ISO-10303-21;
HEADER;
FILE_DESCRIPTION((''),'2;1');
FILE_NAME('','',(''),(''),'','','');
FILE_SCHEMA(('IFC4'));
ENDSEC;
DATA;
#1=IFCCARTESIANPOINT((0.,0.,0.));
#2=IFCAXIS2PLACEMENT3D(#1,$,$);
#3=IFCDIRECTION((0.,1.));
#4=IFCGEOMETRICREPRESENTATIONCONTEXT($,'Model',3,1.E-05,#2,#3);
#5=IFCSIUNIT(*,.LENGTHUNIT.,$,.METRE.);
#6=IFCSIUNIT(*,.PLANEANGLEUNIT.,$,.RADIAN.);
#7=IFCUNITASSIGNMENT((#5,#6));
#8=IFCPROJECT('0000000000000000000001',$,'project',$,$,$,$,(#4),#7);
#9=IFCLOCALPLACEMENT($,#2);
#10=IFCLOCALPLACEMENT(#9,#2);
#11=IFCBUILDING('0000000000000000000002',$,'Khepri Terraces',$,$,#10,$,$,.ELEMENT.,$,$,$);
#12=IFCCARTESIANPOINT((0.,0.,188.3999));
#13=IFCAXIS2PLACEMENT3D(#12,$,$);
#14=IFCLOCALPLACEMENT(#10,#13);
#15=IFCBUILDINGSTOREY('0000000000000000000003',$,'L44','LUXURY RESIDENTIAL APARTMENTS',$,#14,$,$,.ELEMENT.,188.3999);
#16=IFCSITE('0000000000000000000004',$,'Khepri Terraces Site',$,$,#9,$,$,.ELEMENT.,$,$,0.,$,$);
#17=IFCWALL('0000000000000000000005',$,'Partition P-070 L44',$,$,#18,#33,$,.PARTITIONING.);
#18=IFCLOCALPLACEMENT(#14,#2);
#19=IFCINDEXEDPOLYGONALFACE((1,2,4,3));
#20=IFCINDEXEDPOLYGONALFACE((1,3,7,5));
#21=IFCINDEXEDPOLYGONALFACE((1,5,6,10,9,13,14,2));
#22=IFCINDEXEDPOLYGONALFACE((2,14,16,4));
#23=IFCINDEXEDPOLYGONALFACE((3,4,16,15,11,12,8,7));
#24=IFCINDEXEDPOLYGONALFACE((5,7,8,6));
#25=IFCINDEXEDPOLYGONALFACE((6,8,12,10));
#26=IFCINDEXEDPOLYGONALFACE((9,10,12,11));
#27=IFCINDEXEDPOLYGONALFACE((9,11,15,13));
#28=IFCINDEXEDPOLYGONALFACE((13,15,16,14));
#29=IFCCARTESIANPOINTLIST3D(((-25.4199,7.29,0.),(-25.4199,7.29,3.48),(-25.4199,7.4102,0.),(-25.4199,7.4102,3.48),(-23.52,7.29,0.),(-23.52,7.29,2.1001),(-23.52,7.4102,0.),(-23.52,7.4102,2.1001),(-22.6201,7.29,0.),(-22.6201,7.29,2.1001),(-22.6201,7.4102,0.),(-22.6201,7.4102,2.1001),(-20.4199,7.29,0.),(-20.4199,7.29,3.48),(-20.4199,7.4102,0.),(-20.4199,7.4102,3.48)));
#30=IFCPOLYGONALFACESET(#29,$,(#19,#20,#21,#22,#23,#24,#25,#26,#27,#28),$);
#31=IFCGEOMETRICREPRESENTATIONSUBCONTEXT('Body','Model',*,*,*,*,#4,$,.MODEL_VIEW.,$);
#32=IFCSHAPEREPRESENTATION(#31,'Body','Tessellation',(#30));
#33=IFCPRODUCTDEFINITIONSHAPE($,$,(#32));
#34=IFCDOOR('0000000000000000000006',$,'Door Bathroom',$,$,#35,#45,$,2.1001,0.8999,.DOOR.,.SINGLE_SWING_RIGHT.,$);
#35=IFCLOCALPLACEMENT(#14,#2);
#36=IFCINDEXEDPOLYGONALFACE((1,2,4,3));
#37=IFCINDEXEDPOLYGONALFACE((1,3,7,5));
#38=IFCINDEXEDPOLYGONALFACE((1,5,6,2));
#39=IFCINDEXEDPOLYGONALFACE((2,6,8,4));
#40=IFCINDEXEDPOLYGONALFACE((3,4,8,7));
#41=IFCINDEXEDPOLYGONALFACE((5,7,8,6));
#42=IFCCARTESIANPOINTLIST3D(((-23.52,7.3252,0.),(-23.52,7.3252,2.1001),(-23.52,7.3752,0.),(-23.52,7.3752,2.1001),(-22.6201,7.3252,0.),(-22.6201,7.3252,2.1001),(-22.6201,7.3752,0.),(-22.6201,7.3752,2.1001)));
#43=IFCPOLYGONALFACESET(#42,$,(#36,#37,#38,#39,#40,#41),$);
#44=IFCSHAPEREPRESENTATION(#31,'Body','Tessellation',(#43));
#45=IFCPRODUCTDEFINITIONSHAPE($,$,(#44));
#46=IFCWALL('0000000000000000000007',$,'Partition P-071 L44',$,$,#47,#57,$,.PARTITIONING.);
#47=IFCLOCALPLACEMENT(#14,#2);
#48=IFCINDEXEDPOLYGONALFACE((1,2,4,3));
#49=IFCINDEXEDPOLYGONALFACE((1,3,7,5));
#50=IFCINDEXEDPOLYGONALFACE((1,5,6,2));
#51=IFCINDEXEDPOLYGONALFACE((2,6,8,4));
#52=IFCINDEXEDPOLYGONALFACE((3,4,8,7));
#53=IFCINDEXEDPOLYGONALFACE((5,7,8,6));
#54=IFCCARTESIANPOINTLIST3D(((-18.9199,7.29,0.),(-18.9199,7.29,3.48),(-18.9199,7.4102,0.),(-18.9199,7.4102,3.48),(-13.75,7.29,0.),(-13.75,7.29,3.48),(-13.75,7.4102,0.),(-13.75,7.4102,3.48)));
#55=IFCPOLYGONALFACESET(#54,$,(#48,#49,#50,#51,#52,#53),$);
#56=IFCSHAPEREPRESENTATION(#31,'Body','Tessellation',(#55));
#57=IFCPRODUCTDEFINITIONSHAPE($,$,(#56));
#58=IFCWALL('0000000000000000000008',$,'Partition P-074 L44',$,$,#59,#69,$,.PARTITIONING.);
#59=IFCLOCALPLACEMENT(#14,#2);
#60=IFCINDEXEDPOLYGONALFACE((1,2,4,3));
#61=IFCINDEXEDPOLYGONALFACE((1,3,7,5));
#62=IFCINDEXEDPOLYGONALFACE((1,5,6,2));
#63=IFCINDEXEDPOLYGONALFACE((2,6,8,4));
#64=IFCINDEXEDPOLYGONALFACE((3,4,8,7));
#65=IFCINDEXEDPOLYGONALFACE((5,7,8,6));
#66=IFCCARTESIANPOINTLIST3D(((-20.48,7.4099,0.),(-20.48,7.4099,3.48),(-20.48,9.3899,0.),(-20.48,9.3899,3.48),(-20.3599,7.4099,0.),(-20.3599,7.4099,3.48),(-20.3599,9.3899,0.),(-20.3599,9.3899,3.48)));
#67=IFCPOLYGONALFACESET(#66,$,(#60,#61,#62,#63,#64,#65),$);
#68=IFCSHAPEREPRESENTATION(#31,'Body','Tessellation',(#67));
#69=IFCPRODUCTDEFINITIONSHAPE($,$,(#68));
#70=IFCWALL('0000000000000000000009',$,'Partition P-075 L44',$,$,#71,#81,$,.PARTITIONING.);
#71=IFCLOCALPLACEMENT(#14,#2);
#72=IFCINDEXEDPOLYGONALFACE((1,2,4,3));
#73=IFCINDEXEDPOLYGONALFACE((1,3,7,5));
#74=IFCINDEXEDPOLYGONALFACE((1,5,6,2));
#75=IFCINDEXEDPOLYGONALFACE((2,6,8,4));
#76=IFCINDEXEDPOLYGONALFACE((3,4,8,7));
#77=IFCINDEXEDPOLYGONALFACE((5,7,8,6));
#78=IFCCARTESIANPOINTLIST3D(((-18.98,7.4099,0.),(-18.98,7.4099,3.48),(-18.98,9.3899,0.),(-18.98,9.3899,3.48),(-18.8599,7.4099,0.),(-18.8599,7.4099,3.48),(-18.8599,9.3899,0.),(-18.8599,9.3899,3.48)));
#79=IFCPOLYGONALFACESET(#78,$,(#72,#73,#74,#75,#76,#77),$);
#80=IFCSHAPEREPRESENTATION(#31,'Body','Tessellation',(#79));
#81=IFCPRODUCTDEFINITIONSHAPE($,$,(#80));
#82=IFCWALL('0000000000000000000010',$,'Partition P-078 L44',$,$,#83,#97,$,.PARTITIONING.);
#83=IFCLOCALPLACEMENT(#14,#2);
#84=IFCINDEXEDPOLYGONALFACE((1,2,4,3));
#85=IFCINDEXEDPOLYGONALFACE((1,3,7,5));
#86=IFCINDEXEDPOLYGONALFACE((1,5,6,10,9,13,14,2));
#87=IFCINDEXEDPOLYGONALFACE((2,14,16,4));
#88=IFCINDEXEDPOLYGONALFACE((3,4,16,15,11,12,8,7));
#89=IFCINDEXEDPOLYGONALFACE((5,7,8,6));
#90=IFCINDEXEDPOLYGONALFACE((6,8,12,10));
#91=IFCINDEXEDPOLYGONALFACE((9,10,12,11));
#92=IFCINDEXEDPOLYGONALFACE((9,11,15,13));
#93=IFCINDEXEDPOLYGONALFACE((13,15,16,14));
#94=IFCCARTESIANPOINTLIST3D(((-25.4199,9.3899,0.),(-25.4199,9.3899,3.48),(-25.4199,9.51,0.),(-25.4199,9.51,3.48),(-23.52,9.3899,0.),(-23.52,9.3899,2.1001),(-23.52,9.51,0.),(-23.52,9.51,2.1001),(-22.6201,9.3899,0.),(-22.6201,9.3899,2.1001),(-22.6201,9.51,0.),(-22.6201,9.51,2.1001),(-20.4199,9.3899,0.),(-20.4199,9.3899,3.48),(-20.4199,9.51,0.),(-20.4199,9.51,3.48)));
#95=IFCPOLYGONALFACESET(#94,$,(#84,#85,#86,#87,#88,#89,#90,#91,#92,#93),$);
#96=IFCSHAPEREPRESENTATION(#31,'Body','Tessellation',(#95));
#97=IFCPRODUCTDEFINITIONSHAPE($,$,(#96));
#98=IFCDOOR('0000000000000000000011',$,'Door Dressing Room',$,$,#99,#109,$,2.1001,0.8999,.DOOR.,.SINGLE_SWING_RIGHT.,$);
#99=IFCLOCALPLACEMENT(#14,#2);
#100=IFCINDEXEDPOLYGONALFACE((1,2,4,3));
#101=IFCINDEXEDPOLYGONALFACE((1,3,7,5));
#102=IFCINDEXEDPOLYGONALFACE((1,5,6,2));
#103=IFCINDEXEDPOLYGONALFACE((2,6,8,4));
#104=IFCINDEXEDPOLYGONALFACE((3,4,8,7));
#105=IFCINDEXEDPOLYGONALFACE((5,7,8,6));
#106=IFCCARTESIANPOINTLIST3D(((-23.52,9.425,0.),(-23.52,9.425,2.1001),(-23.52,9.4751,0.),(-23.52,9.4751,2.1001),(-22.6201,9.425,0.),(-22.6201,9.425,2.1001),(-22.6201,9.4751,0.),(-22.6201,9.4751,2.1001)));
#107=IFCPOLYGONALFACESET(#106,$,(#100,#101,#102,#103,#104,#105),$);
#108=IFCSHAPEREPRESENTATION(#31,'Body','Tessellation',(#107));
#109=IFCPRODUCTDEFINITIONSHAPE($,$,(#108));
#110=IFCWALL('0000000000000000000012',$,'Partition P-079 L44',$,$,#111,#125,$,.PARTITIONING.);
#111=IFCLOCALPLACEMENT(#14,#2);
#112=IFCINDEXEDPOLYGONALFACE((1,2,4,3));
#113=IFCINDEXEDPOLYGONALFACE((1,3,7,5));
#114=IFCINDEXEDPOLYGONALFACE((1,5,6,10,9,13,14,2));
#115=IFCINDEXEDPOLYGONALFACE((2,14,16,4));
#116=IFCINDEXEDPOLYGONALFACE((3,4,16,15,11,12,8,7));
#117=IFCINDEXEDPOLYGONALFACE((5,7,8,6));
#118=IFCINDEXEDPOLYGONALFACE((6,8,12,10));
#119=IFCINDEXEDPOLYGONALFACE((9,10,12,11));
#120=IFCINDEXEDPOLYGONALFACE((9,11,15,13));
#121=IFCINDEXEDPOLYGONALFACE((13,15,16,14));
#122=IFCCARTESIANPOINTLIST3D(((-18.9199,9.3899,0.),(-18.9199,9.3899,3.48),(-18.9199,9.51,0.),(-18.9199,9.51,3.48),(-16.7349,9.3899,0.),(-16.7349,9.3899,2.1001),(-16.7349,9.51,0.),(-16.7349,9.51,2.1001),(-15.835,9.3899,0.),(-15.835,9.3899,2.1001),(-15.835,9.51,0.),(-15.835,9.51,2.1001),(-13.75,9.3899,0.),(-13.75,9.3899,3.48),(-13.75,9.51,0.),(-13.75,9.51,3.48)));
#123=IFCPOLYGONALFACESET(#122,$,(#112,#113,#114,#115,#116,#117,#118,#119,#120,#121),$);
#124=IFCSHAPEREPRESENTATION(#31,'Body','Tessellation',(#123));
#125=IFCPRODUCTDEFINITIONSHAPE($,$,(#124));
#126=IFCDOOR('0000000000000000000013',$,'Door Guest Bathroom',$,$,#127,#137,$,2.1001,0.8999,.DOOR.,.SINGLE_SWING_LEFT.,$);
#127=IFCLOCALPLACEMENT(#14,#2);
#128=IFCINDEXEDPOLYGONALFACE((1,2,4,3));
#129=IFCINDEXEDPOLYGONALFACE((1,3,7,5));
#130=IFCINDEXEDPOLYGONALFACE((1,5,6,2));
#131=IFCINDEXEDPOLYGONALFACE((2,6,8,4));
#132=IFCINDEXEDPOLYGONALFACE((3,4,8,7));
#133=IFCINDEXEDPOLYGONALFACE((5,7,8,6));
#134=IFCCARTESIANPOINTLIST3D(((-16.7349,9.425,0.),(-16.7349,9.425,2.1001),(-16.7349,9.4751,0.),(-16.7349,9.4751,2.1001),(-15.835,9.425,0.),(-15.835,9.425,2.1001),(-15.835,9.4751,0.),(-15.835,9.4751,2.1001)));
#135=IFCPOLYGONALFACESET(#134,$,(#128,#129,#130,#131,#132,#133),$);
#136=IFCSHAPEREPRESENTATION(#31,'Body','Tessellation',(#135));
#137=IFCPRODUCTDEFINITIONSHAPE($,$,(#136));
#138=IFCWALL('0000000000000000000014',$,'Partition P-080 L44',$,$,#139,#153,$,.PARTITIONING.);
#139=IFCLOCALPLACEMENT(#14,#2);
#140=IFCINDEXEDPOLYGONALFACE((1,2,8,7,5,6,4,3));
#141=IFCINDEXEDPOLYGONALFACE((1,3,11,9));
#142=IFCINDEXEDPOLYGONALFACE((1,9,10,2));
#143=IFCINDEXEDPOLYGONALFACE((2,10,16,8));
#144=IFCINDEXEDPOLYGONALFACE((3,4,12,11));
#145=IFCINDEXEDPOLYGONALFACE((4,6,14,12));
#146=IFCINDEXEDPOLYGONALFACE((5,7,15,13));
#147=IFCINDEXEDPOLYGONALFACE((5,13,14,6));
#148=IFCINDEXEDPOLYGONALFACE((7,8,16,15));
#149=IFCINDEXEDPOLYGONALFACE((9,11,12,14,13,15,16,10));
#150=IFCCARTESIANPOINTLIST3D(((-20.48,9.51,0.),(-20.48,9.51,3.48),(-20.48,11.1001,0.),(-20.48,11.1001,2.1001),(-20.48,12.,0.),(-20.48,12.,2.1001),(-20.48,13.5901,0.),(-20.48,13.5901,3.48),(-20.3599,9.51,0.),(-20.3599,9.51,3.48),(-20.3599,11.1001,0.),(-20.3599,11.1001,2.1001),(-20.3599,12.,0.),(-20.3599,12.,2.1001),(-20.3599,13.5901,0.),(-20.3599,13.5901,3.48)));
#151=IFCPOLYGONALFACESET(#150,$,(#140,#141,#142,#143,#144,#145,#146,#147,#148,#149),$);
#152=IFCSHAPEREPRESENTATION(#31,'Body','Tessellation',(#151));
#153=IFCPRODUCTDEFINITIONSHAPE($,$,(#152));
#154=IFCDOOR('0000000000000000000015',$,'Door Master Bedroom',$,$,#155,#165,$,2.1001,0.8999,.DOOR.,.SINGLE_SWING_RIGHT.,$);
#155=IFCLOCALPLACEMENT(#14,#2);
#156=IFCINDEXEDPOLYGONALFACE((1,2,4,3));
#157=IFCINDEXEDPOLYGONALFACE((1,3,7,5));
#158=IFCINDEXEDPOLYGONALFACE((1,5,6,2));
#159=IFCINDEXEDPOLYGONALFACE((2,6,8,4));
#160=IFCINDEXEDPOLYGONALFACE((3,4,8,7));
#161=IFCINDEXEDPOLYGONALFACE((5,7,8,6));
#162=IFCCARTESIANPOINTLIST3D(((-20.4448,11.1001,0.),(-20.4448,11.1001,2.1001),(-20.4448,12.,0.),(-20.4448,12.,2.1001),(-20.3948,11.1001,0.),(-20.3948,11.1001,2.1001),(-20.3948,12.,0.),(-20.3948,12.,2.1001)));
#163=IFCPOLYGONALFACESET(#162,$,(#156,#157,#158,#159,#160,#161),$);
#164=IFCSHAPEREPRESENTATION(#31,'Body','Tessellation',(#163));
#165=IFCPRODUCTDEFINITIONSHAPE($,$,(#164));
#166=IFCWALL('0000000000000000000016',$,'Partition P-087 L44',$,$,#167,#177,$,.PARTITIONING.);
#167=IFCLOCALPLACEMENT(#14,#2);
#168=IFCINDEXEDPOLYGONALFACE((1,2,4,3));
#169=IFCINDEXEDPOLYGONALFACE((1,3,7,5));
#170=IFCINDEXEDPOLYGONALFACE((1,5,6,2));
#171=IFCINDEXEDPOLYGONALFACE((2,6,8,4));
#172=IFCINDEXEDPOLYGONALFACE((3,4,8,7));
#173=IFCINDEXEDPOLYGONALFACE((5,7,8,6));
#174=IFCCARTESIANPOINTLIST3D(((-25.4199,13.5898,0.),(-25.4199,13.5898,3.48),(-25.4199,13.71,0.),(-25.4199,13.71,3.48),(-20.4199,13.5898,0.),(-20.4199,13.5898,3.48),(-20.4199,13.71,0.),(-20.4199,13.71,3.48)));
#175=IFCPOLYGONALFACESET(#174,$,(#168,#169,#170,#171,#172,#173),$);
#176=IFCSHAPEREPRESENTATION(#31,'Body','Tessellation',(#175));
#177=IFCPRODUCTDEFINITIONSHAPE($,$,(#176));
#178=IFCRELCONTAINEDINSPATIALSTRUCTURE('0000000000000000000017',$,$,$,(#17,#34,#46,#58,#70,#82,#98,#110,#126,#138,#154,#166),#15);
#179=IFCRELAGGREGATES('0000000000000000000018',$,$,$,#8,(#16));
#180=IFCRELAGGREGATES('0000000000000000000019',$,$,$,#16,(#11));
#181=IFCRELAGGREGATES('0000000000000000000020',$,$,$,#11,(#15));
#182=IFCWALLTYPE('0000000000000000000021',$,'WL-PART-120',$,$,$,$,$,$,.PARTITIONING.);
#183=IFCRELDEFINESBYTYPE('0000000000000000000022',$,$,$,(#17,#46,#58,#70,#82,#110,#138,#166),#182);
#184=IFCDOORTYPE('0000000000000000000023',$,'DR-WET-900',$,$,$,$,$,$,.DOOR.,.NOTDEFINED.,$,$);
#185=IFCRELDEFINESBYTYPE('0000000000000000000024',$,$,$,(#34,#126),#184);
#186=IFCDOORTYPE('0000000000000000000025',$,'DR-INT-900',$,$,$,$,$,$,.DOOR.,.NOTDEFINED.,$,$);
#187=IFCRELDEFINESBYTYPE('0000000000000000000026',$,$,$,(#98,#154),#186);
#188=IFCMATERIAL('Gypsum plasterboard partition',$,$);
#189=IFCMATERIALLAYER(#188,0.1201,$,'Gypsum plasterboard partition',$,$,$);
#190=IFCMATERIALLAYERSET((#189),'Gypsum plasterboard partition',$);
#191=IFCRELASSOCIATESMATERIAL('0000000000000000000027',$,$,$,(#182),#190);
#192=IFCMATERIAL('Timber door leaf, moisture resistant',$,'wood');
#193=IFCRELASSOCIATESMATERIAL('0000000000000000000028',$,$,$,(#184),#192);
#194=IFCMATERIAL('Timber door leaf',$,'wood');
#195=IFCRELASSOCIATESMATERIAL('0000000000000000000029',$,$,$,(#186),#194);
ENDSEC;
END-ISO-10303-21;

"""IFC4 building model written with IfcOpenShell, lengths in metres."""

from ifc_helpers import new_model, si_unit, direction, frame, frame_2d, origin, place, context, subcontext, project, spatial, rectangle, extrude, material, layer, layer_set, type_object, element, fill, save


model = new_model("IFC4")

# Units and contexts
model_context = context("Model", 3, precision=1e-05, world=origin(), true_north=direction((0.0, 1.0)))
body_context = subcontext(model_context, "Body", "Model", "MODEL_VIEW")
ifc_project = project(units=[si_unit("LENGTHUNIT", "METRE"), si_unit("PLANEANGLEUNIT", "RADIAN")], contexts=[model_context])

# Site, building, storey
site_placement = place(None, origin())
site = spatial("IfcSite", under=ifc_project, at=site_placement, Name="Khepri Terraces Site", CompositionType="ELEMENT", RefElevation=0.0)
building_placement = place(site_placement, origin())
building = spatial("IfcBuilding", under=site, at=building_placement, Name="Khepri Terraces", CompositionType="ELEMENT")
storey_placement = place(building_placement, frame((0.0, 0.0, 188.3999)))
storey = spatial("IfcBuildingStorey", under=building, at=storey_placement, Name="L44", Description="LUXURY RESIDENTIAL APARTMENTS", CompositionType="ELEMENT", Elevation=188.3999)

# Shared definitions
ifc_material_1 = material(Name="Gypsum plasterboard partition")
ifc_layer_1 = layer(ifc_material_1, 0.1201, Name="Gypsum plasterboard partition")
ifc_layer_set_1 = layer_set([ifc_layer_1], Name="Gypsum plasterboard partition")
wall_type_1 = type_object("IfcWallType", Name="WL-PART-120", PredefinedType="PARTITIONING", material=ifc_layer_set_1)

# Shared definitions
ifc_material_2 = material(Name="Timber door leaf, moisture resistant", Category="wood")
door_type_1 = type_object("IfcDoorType", Name="DR-WET-900", OperationType="NOTDEFINED", PredefinedType="DOOR", material=ifc_material_2)

# Wall, opening, door
ifc_material_3 = material(Name="Timber door leaf", Category="wood")
door_type_2 = type_object("IfcDoorType", Name="DR-INT-900", OperationType="NOTDEFINED", PredefinedType="DOOR", material=ifc_material_3)
wall_1_placement = place(storey_placement, frame((-25.4199, 7.3501, 0.0), z_axis=(0.0, 0.0, 1.0), x_axis=(1.0, 0.0, 0.0)))
wall_1 = element("IfcWall", 1, at=wall_1_placement, inside=storey, type_object=wall_type_1, Name="Partition P-070 L44", PredefinedType="PARTITIONING", context=body_context, shape_type="SweptSolid", body=[
    extrude(rectangle(XDim=5.0, YDim=0.1201, at=frame_2d((2.5, 0.0))), origin(), (0.0, 0.0, 1.0), 3.48),
])
opening_1_placement = place(wall_1_placement, frame((1.8999, 0.0, 0.0)))
opening_1 = element("IfcOpeningElement", 2, at=opening_1_placement, cuts=wall_1, PredefinedType="OPENING", context=body_context, shape_type="SweptSolid", body=[
    extrude(rectangle(XDim=0.8999, YDim=2.1001, at=frame_2d((0.45, 1.05))), frame((0.0, 0.0701, 0.0), z_axis=(0.0, -1.0, 0.0), x_axis=(1.0, 0.0, 0.0)), (0.0, 0.0, 1.0), 0.1401),
])
door_1_placement = place(opening_1_placement, frame((0.8999, 0.0, 0.0), z_axis=(0.0, 0.0, 1.0), x_axis=(-1.0, 0.0, 0.0)))
door_1 = element("IfcDoor", 3, at=door_1_placement, inside=storey, type_object=door_type_1, Name="Door Bathroom", OperationType="SINGLE_SWING_RIGHT", OverallHeight=2.1001, OverallWidth=0.8999, PredefinedType="DOOR", context=body_context, shape_type="SweptSolid", body=[
    extrude(rectangle(XDim=0.8999, YDim=2.1001, at=frame_2d((0.45, 1.05))), frame((0.0, 0.0249, 0.0), z_axis=(0.0, -1.0, 0.0), x_axis=(1.0, 0.0, 0.0)), (0.0, 0.0, 1.0), 0.05),
])
fill(opening_1, door_1)

# Walls
wall_2_placement = place(storey_placement, frame((-18.9199, 7.3501, 0.0), z_axis=(0.0, 0.0, 1.0), x_axis=(1.0, 0.0, 0.0)))
element("IfcWall", 4, at=wall_2_placement, inside=storey, type_object=wall_type_1, Name="Partition P-071 L44", PredefinedType="PARTITIONING", context=body_context, shape_type="SweptSolid", body=[
    extrude(rectangle(XDim=5.1699, YDim=0.1201, at=frame_2d((2.585, 0.0))), origin(), (0.0, 0.0, 1.0), 3.48),
])
for number, where, z_axis, x_axis, name in (
    (5, (-20.4199, 7.4099, 0.0), (0.0, 0.0, 1.0), (0.0, 1.0, 0.0), "Partition P-074 L44"),
    (6, (-18.9199, 7.4099, 0.0), (0.0, 0.0, 1.0), (0.0, 1.0, 0.0), "Partition P-075 L44"),
):
    element("IfcWall", number, at=place(storey_placement, frame(where, z_axis=z_axis, x_axis=x_axis)), inside=storey, type_object=wall_type_1, Name=name, PredefinedType="PARTITIONING", context=body_context, shape_type="SweptSolid", body=[
        extrude(rectangle(XDim=1.98, YDim=0.1201, at=frame_2d((0.99, 0.0))), origin(), (0.0, 0.0, 1.0), 3.48),
    ])

# Walls, openings, doors
wall_3_placement = place(storey_placement, frame((-25.4199, 9.45, 0.0), z_axis=(0.0, 0.0, 1.0), x_axis=(1.0, 0.0, 0.0)))
wall_3 = element("IfcWall", 7, at=wall_3_placement, inside=storey, type_object=wall_type_1, Name="Partition P-078 L44", PredefinedType="PARTITIONING", context=body_context, shape_type="SweptSolid", body=[
    extrude(rectangle(XDim=5.0, YDim=0.1201, at=frame_2d((2.5, 0.0))), origin(), (0.0, 0.0, 1.0), 3.48),
])
opening_2_placement = place(wall_3_placement, frame((1.8999, 0.0, 0.0)))
opening_2 = element("IfcOpeningElement", 8, at=opening_2_placement, cuts=wall_3, PredefinedType="OPENING", context=body_context, shape_type="SweptSolid", body=[
    extrude(rectangle(XDim=0.8999, YDim=2.1001, at=frame_2d((0.45, 1.05))), frame((0.0, 0.0701, 0.0), z_axis=(0.0, -1.0, 0.0), x_axis=(1.0, 0.0, 0.0)), (0.0, 0.0, 1.0), 0.1401),
])
door_2_placement = place(opening_2_placement, frame((0.8999, 0.0, 0.0), z_axis=(0.0, 0.0, 1.0), x_axis=(-1.0, 0.0, 0.0)))
door_2 = element("IfcDoor", 9, at=door_2_placement, inside=storey, type_object=door_type_2, Name="Door Dressing Room", OperationType="SINGLE_SWING_RIGHT", OverallHeight=2.1001, OverallWidth=0.8999, PredefinedType="DOOR", context=body_context, shape_type="SweptSolid", body=[
    extrude(rectangle(XDim=0.8999, YDim=2.1001, at=frame_2d((0.45, 1.05))), frame((0.0, 0.0249, 0.0), z_axis=(0.0, -1.0, 0.0), x_axis=(1.0, 0.0, 0.0)), (0.0, 0.0, 1.0), 0.05),
])
fill(opening_2, door_2)
wall_4_placement = place(storey_placement, frame((-18.9199, 9.45, 0.0), z_axis=(0.0, 0.0, 1.0), x_axis=(1.0, 0.0, 0.0)))
wall_4 = element("IfcWall", 10, at=wall_4_placement, inside=storey, type_object=wall_type_1, Name="Partition P-079 L44", PredefinedType="PARTITIONING", context=body_context, shape_type="SweptSolid", body=[
    extrude(rectangle(XDim=5.1699, YDim=0.1201, at=frame_2d((2.585, 0.0))), origin(), (0.0, 0.0, 1.0), 3.48),
])
opening_3_placement = place(wall_4_placement, frame((2.1851, 0.0, 0.0)))
opening_3 = element("IfcOpeningElement", 11, at=opening_3_placement, cuts=wall_4, PredefinedType="OPENING", context=body_context, shape_type="SweptSolid", body=[
    extrude(rectangle(XDim=0.8999, YDim=2.1001, at=frame_2d((0.45, 1.05))), frame((0.0, 0.0701, 0.0), z_axis=(0.0, -1.0, 0.0), x_axis=(1.0, 0.0, 0.0)), (0.0, 0.0, 1.0), 0.1401),
])
door_3_placement = place(opening_3_placement, frame((0.8999, 0.0, 0.0), z_axis=(0.0, 0.0, 1.0), x_axis=(-1.0, 0.0, 0.0)))
door_3 = element("IfcDoor", 12, at=door_3_placement, inside=storey, type_object=door_type_1, Name="Door Guest Bathroom", OperationType="SINGLE_SWING_LEFT", OverallHeight=2.1001, OverallWidth=0.8999, PredefinedType="DOOR", context=body_context, shape_type="SweptSolid", body=[
    extrude(rectangle(XDim=0.8999, YDim=2.1001, at=frame_2d((0.45, 1.05))), frame((0.0, 0.0249, 0.0), z_axis=(0.0, -1.0, 0.0), x_axis=(1.0, 0.0, 0.0)), (0.0, 0.0, 1.0), 0.05),
])
fill(opening_3, door_3)
wall_5_placement = place(storey_placement, frame((-20.4199, 9.51, 0.0), z_axis=(0.0, 0.0, 1.0), x_axis=(0.0, 1.0, 0.0)))
wall_5 = element("IfcWall", 13, at=wall_5_placement, inside=storey, type_object=wall_type_1, Name="Partition P-080 L44", PredefinedType="PARTITIONING", context=body_context, shape_type="SweptSolid", body=[
    extrude(rectangle(XDim=4.0801, YDim=0.1201, at=frame_2d((2.04, 0.0))), origin(), (0.0, 0.0, 1.0), 3.48),
])
opening_4_placement = place(wall_5_placement, frame((1.5901, 0.0, 0.0)))
opening_4 = element("IfcOpeningElement", 14, at=opening_4_placement, cuts=wall_5, PredefinedType="OPENING", context=body_context, shape_type="SweptSolid", body=[
    extrude(rectangle(XDim=0.8999, YDim=2.1001, at=frame_2d((0.45, 1.05))), frame((0.0, 0.0701, 0.0), z_axis=(0.0, -1.0, 0.0), x_axis=(1.0, 0.0, 0.0)), (0.0, 0.0, 1.0), 0.1401),
])
door_4_placement = place(opening_4_placement, origin())
door_4 = element("IfcDoor", 15, at=door_4_placement, inside=storey, type_object=door_type_2, Name="Door Master Bedroom", OperationType="SINGLE_SWING_RIGHT", OverallHeight=2.1001, OverallWidth=0.8999, PredefinedType="DOOR", context=body_context, shape_type="SweptSolid", body=[
    extrude(rectangle(XDim=0.8999, YDim=2.1001, at=frame_2d((0.45, 1.05))), frame((0.0, 0.0249, 0.0), z_axis=(0.0, -1.0, 0.0), x_axis=(1.0, 0.0, 0.0)), (0.0, 0.0, 1.0), 0.05),
])
fill(opening_4, door_4)

# Wall
wall_6_placement = place(storey_placement, frame((-25.4199, 13.6499, 0.0), z_axis=(0.0, 0.0, 1.0), x_axis=(1.0, 0.0, 0.0)))
element("IfcWall", 16, at=wall_6_placement, inside=storey, type_object=wall_type_1, Name="Partition P-087 L44", PredefinedType="PARTITIONING", context=body_context, shape_type="SweptSolid", body=[
    extrude(rectangle(XDim=5.0, YDim=0.1201, at=frame_2d((2.5, 0.0))), origin(), (0.0, 0.0, 1.0), 3.48),
])

save(model, "model.ifc")
